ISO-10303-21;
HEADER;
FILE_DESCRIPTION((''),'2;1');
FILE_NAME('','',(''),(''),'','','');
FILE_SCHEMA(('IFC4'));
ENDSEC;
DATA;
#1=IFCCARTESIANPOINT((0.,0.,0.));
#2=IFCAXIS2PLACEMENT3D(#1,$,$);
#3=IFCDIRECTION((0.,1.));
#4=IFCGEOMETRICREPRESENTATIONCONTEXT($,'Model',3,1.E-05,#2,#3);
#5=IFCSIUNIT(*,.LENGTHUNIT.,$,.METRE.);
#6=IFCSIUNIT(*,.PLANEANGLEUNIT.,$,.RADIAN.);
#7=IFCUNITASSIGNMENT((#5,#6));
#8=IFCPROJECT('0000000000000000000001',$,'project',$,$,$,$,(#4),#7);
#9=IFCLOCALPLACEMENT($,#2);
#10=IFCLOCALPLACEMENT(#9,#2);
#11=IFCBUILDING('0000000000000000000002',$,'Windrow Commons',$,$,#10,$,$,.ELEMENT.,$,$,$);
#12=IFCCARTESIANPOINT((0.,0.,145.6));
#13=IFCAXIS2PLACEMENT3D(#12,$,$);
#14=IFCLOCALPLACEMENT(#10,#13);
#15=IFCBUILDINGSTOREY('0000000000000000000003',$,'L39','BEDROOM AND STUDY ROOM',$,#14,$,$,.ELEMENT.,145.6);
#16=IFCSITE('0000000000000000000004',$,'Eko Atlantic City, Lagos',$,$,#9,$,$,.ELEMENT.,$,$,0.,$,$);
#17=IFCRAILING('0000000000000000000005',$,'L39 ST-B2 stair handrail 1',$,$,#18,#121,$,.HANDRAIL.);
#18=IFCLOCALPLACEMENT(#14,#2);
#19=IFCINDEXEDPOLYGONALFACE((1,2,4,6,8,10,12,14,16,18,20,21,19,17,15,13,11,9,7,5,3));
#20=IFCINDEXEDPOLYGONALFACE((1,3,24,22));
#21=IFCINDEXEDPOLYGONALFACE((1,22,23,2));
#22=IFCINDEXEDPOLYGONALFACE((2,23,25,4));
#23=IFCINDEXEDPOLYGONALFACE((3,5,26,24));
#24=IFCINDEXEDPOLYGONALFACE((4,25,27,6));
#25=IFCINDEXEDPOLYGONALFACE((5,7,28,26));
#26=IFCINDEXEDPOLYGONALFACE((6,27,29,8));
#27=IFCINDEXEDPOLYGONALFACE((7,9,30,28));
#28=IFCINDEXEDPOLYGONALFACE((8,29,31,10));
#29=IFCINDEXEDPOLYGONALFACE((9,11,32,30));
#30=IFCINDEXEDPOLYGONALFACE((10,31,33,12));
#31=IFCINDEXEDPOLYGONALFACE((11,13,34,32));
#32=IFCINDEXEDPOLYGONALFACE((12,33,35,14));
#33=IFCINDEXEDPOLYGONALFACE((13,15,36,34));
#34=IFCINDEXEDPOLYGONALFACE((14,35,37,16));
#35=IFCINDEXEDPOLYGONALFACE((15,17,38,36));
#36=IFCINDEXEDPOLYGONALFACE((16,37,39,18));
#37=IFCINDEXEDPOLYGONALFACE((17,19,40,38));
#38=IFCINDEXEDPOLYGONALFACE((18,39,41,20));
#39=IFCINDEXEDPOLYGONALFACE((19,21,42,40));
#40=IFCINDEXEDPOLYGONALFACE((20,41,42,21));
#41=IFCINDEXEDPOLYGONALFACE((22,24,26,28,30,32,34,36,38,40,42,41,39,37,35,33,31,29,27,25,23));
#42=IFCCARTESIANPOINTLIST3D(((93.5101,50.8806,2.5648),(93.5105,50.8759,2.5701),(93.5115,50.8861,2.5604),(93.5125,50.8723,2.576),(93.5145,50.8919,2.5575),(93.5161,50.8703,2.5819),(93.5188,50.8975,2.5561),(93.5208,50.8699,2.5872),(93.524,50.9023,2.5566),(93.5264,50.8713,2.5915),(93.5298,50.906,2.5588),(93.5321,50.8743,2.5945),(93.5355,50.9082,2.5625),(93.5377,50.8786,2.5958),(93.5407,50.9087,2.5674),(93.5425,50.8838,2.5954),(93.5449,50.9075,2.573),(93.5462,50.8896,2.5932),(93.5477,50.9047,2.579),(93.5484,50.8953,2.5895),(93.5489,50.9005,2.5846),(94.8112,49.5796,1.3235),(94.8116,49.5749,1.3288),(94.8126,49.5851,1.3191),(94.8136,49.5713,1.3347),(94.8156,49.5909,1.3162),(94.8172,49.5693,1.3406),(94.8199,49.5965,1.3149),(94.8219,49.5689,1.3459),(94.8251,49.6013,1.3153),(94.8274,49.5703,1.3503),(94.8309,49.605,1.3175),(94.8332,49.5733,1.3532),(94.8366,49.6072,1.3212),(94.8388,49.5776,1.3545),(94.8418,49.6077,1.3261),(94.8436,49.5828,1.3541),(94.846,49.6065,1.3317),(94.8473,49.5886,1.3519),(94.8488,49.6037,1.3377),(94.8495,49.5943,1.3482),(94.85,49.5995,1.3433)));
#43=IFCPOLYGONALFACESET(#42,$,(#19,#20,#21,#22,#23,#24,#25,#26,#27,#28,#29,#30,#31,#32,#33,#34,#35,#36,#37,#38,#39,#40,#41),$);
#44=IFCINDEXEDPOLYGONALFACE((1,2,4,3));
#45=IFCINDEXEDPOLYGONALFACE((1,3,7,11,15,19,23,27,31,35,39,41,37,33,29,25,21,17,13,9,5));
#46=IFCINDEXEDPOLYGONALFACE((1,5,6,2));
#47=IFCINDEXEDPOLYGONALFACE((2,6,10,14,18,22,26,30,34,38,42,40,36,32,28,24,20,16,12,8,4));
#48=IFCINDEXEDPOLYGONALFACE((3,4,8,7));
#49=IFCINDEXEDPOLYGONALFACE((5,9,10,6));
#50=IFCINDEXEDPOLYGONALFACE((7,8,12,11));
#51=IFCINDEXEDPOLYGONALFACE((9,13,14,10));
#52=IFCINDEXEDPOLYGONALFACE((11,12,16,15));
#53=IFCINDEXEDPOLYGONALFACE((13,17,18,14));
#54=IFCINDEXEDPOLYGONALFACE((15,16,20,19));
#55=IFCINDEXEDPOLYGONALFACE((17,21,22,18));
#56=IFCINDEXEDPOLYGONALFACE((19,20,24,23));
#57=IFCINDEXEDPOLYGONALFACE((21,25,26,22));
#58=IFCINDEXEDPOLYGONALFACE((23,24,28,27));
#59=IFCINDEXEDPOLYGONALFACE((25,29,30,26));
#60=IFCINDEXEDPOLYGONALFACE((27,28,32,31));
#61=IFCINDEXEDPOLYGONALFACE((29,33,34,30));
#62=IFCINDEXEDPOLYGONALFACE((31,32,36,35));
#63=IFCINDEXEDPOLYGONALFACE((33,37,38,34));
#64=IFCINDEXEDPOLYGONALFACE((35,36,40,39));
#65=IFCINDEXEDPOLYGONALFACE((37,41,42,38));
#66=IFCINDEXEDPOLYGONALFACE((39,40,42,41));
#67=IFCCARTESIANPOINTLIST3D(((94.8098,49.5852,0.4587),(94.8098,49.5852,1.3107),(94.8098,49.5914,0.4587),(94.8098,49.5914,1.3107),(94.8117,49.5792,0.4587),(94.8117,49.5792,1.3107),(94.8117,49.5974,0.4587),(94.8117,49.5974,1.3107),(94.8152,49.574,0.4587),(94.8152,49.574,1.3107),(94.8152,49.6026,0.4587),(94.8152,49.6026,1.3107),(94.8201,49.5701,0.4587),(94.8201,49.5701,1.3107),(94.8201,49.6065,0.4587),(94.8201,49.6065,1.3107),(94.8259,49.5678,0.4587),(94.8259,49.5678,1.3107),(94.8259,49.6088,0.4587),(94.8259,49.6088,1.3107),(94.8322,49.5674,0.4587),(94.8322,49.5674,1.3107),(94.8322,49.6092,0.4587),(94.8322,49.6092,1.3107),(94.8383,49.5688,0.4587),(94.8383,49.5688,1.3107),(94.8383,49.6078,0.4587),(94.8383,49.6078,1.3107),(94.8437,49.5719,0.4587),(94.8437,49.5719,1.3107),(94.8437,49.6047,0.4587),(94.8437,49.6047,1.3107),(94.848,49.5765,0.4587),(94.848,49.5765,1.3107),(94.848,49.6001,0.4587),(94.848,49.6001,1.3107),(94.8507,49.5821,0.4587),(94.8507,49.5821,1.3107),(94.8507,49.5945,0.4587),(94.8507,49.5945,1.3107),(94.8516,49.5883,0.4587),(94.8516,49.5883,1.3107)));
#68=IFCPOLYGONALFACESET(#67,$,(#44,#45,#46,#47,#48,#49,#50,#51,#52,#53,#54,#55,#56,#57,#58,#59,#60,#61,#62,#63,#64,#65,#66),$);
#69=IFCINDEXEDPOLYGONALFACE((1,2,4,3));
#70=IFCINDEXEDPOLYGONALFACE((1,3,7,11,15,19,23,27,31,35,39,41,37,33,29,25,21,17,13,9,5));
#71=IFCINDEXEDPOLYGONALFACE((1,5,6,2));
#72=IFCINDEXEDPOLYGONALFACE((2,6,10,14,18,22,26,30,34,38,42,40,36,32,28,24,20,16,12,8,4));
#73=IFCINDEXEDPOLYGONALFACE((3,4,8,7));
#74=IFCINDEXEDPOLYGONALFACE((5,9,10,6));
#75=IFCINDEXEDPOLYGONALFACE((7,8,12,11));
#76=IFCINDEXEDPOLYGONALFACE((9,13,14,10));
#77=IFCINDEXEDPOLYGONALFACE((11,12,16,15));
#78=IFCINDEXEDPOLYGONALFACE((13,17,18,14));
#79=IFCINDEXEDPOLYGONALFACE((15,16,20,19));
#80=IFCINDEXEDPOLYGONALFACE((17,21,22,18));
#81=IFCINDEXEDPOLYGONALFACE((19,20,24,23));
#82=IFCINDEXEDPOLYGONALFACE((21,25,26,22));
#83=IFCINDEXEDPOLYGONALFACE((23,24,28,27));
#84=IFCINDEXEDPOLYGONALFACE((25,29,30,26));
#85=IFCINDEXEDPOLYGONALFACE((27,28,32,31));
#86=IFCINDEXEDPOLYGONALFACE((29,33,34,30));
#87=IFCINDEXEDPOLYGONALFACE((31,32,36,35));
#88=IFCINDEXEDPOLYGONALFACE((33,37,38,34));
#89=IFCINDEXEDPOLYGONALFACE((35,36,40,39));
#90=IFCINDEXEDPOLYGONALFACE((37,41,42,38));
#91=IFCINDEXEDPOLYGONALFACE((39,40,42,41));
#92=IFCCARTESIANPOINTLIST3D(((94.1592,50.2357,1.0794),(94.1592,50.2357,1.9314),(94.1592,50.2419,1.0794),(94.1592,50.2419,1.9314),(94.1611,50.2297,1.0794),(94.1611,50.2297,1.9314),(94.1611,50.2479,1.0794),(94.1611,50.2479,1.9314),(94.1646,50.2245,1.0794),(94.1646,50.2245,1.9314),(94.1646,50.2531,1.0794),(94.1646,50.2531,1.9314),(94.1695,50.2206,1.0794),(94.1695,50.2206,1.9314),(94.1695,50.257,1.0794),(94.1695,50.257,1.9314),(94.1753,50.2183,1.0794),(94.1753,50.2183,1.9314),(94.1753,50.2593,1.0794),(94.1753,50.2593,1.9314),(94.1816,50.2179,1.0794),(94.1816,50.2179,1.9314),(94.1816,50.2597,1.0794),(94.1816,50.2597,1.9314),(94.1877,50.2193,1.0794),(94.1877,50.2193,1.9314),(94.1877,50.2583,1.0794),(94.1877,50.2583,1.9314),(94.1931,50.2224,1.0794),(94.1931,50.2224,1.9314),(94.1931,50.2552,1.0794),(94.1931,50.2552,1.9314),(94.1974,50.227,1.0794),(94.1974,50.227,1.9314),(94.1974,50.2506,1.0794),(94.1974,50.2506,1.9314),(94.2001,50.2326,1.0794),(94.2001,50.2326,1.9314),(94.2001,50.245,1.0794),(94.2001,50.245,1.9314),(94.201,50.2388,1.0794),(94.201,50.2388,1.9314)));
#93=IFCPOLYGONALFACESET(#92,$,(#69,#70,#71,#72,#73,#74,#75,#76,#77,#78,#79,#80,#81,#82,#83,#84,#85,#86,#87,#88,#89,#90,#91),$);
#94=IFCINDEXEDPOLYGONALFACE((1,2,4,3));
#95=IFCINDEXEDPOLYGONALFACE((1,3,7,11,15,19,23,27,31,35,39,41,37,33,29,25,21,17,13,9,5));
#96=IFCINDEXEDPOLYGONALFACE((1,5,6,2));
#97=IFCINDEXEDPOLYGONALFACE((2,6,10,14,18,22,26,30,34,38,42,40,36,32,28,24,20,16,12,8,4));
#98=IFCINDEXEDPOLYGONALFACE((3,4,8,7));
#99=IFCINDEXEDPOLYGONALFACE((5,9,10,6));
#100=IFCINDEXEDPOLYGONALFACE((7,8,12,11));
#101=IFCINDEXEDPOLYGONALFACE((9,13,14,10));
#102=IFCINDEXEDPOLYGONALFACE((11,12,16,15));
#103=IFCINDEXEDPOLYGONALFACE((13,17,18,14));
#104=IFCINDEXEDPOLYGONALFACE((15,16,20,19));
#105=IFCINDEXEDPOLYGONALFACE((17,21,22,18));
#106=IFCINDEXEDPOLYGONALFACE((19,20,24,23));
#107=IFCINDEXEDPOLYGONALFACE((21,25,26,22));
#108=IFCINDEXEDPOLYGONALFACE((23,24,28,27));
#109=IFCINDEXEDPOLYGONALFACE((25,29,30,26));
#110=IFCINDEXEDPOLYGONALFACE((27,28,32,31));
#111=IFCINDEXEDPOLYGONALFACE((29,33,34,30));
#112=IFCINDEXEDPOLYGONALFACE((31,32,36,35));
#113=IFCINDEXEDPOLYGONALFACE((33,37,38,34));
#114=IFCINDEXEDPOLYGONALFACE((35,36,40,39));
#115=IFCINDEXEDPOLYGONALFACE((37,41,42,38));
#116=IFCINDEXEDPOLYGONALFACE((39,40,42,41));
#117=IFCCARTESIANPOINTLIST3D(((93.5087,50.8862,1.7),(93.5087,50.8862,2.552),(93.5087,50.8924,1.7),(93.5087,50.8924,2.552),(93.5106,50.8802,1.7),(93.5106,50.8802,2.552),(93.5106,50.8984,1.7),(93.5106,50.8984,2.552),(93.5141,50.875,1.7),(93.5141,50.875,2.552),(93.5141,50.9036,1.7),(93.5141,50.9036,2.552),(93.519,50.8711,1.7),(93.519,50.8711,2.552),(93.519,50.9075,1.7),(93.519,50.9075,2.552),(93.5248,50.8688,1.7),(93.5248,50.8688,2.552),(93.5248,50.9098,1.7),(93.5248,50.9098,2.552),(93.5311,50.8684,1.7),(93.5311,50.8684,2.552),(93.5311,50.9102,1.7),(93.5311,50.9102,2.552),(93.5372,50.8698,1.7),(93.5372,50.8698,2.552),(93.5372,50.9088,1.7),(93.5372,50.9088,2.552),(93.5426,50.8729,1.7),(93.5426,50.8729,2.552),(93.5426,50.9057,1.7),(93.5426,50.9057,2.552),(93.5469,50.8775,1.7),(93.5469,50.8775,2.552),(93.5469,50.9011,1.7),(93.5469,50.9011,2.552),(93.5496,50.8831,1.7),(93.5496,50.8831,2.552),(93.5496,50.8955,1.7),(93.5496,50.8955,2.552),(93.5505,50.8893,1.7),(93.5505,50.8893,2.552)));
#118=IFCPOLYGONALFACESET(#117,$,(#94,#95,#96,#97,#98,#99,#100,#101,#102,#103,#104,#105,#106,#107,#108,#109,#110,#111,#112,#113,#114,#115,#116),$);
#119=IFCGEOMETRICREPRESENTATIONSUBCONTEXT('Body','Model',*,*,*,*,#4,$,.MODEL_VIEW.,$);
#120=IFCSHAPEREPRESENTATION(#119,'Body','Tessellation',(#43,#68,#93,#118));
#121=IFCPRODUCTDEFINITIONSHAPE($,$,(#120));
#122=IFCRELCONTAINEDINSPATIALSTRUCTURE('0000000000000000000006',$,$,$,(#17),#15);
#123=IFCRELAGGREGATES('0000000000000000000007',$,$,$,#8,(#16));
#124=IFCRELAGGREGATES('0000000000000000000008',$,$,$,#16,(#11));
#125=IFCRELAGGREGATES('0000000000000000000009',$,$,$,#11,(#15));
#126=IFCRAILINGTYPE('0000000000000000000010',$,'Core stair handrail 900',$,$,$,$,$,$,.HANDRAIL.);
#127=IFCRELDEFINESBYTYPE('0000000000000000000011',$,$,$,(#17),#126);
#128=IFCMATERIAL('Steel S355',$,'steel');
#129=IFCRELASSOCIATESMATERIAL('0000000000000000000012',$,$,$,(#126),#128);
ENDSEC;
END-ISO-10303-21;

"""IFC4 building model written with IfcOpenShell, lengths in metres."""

from ifc_helpers import new_model, si_unit, direction, frame, origin, origin_2d, place, context, subcontext, project, spatial, circle, extrude, material, type_object, element, save


model = new_model("IFC4")

# Units and contexts
model_context = context("Model", 3, precision=1e-05, world=origin(), true_north=direction((0.0, 1.0)))
body_context = subcontext(model_context, "Body", "Model", "MODEL_VIEW")
ifc_project = project(units=[si_unit("LENGTHUNIT", "METRE"), si_unit("PLANEANGLEUNIT", "RADIAN")], contexts=[model_context])

# Site, building, storey
site_placement = place(None, origin())
site = spatial("IfcSite", under=ifc_project, at=site_placement, Name="Eko Atlantic City, Lagos", CompositionType="ELEMENT", RefElevation=0.0)
building_placement = place(site_placement, origin())
building = spatial("IfcBuilding", under=site, at=building_placement, Name="Windrow Commons", CompositionType="ELEMENT")
storey_placement = place(building_placement, frame((0.0, 0.0, 145.6)))
storey = spatial("IfcBuildingStorey", under=building, at=storey_placement, Name="L39", Description="BEDROOM AND STUDY ROOM", CompositionType="ELEMENT", Elevation=145.6)

# Railing
ifc_material_1 = material(Name="Steel S355", Category="steel")
railing_type_1 = type_object("IfcRailingType", Name="Core stair handrail 900", PredefinedType="HANDRAIL", material=ifc_material_1)
railing_1_placement = place(storey_placement, frame((94.8306, 49.5883, 0.4587)))
element("IfcRailing", 1, at=railing_1_placement, inside=storey, type_object=railing_type_1, Name="L39 ST-B2 stair handrail 1", PredefinedType="HANDRAIL", context=body_context, shape_type="SweptSolid", body=[
    extrude(circle(Radius=0.024, at=origin_2d()), frame((0.0, 0.0, 0.876), z_axis=(-0.586207, 0.586162, 0.559264), x_axis=(-0.70708, -0.707134, 0.0)), (0.0, 0.0, 1.0), 2.2195),
    extrude(circle(Radius=0.021, at=origin_2d()), origin(), (0.0, 0.0, 1.0), 0.852),
    extrude(circle(Radius=0.021, at=origin_2d()), frame((-0.6506, 0.6505, 0.6207)), (0.0, 0.0, 1.0), 0.852),
    extrude(circle(Radius=0.021, at=origin_2d()), frame((-1.3011, 1.301, 1.2413)), (0.0, 0.0, 1.0), 0.852),
])

save(model, "model.ifc")
